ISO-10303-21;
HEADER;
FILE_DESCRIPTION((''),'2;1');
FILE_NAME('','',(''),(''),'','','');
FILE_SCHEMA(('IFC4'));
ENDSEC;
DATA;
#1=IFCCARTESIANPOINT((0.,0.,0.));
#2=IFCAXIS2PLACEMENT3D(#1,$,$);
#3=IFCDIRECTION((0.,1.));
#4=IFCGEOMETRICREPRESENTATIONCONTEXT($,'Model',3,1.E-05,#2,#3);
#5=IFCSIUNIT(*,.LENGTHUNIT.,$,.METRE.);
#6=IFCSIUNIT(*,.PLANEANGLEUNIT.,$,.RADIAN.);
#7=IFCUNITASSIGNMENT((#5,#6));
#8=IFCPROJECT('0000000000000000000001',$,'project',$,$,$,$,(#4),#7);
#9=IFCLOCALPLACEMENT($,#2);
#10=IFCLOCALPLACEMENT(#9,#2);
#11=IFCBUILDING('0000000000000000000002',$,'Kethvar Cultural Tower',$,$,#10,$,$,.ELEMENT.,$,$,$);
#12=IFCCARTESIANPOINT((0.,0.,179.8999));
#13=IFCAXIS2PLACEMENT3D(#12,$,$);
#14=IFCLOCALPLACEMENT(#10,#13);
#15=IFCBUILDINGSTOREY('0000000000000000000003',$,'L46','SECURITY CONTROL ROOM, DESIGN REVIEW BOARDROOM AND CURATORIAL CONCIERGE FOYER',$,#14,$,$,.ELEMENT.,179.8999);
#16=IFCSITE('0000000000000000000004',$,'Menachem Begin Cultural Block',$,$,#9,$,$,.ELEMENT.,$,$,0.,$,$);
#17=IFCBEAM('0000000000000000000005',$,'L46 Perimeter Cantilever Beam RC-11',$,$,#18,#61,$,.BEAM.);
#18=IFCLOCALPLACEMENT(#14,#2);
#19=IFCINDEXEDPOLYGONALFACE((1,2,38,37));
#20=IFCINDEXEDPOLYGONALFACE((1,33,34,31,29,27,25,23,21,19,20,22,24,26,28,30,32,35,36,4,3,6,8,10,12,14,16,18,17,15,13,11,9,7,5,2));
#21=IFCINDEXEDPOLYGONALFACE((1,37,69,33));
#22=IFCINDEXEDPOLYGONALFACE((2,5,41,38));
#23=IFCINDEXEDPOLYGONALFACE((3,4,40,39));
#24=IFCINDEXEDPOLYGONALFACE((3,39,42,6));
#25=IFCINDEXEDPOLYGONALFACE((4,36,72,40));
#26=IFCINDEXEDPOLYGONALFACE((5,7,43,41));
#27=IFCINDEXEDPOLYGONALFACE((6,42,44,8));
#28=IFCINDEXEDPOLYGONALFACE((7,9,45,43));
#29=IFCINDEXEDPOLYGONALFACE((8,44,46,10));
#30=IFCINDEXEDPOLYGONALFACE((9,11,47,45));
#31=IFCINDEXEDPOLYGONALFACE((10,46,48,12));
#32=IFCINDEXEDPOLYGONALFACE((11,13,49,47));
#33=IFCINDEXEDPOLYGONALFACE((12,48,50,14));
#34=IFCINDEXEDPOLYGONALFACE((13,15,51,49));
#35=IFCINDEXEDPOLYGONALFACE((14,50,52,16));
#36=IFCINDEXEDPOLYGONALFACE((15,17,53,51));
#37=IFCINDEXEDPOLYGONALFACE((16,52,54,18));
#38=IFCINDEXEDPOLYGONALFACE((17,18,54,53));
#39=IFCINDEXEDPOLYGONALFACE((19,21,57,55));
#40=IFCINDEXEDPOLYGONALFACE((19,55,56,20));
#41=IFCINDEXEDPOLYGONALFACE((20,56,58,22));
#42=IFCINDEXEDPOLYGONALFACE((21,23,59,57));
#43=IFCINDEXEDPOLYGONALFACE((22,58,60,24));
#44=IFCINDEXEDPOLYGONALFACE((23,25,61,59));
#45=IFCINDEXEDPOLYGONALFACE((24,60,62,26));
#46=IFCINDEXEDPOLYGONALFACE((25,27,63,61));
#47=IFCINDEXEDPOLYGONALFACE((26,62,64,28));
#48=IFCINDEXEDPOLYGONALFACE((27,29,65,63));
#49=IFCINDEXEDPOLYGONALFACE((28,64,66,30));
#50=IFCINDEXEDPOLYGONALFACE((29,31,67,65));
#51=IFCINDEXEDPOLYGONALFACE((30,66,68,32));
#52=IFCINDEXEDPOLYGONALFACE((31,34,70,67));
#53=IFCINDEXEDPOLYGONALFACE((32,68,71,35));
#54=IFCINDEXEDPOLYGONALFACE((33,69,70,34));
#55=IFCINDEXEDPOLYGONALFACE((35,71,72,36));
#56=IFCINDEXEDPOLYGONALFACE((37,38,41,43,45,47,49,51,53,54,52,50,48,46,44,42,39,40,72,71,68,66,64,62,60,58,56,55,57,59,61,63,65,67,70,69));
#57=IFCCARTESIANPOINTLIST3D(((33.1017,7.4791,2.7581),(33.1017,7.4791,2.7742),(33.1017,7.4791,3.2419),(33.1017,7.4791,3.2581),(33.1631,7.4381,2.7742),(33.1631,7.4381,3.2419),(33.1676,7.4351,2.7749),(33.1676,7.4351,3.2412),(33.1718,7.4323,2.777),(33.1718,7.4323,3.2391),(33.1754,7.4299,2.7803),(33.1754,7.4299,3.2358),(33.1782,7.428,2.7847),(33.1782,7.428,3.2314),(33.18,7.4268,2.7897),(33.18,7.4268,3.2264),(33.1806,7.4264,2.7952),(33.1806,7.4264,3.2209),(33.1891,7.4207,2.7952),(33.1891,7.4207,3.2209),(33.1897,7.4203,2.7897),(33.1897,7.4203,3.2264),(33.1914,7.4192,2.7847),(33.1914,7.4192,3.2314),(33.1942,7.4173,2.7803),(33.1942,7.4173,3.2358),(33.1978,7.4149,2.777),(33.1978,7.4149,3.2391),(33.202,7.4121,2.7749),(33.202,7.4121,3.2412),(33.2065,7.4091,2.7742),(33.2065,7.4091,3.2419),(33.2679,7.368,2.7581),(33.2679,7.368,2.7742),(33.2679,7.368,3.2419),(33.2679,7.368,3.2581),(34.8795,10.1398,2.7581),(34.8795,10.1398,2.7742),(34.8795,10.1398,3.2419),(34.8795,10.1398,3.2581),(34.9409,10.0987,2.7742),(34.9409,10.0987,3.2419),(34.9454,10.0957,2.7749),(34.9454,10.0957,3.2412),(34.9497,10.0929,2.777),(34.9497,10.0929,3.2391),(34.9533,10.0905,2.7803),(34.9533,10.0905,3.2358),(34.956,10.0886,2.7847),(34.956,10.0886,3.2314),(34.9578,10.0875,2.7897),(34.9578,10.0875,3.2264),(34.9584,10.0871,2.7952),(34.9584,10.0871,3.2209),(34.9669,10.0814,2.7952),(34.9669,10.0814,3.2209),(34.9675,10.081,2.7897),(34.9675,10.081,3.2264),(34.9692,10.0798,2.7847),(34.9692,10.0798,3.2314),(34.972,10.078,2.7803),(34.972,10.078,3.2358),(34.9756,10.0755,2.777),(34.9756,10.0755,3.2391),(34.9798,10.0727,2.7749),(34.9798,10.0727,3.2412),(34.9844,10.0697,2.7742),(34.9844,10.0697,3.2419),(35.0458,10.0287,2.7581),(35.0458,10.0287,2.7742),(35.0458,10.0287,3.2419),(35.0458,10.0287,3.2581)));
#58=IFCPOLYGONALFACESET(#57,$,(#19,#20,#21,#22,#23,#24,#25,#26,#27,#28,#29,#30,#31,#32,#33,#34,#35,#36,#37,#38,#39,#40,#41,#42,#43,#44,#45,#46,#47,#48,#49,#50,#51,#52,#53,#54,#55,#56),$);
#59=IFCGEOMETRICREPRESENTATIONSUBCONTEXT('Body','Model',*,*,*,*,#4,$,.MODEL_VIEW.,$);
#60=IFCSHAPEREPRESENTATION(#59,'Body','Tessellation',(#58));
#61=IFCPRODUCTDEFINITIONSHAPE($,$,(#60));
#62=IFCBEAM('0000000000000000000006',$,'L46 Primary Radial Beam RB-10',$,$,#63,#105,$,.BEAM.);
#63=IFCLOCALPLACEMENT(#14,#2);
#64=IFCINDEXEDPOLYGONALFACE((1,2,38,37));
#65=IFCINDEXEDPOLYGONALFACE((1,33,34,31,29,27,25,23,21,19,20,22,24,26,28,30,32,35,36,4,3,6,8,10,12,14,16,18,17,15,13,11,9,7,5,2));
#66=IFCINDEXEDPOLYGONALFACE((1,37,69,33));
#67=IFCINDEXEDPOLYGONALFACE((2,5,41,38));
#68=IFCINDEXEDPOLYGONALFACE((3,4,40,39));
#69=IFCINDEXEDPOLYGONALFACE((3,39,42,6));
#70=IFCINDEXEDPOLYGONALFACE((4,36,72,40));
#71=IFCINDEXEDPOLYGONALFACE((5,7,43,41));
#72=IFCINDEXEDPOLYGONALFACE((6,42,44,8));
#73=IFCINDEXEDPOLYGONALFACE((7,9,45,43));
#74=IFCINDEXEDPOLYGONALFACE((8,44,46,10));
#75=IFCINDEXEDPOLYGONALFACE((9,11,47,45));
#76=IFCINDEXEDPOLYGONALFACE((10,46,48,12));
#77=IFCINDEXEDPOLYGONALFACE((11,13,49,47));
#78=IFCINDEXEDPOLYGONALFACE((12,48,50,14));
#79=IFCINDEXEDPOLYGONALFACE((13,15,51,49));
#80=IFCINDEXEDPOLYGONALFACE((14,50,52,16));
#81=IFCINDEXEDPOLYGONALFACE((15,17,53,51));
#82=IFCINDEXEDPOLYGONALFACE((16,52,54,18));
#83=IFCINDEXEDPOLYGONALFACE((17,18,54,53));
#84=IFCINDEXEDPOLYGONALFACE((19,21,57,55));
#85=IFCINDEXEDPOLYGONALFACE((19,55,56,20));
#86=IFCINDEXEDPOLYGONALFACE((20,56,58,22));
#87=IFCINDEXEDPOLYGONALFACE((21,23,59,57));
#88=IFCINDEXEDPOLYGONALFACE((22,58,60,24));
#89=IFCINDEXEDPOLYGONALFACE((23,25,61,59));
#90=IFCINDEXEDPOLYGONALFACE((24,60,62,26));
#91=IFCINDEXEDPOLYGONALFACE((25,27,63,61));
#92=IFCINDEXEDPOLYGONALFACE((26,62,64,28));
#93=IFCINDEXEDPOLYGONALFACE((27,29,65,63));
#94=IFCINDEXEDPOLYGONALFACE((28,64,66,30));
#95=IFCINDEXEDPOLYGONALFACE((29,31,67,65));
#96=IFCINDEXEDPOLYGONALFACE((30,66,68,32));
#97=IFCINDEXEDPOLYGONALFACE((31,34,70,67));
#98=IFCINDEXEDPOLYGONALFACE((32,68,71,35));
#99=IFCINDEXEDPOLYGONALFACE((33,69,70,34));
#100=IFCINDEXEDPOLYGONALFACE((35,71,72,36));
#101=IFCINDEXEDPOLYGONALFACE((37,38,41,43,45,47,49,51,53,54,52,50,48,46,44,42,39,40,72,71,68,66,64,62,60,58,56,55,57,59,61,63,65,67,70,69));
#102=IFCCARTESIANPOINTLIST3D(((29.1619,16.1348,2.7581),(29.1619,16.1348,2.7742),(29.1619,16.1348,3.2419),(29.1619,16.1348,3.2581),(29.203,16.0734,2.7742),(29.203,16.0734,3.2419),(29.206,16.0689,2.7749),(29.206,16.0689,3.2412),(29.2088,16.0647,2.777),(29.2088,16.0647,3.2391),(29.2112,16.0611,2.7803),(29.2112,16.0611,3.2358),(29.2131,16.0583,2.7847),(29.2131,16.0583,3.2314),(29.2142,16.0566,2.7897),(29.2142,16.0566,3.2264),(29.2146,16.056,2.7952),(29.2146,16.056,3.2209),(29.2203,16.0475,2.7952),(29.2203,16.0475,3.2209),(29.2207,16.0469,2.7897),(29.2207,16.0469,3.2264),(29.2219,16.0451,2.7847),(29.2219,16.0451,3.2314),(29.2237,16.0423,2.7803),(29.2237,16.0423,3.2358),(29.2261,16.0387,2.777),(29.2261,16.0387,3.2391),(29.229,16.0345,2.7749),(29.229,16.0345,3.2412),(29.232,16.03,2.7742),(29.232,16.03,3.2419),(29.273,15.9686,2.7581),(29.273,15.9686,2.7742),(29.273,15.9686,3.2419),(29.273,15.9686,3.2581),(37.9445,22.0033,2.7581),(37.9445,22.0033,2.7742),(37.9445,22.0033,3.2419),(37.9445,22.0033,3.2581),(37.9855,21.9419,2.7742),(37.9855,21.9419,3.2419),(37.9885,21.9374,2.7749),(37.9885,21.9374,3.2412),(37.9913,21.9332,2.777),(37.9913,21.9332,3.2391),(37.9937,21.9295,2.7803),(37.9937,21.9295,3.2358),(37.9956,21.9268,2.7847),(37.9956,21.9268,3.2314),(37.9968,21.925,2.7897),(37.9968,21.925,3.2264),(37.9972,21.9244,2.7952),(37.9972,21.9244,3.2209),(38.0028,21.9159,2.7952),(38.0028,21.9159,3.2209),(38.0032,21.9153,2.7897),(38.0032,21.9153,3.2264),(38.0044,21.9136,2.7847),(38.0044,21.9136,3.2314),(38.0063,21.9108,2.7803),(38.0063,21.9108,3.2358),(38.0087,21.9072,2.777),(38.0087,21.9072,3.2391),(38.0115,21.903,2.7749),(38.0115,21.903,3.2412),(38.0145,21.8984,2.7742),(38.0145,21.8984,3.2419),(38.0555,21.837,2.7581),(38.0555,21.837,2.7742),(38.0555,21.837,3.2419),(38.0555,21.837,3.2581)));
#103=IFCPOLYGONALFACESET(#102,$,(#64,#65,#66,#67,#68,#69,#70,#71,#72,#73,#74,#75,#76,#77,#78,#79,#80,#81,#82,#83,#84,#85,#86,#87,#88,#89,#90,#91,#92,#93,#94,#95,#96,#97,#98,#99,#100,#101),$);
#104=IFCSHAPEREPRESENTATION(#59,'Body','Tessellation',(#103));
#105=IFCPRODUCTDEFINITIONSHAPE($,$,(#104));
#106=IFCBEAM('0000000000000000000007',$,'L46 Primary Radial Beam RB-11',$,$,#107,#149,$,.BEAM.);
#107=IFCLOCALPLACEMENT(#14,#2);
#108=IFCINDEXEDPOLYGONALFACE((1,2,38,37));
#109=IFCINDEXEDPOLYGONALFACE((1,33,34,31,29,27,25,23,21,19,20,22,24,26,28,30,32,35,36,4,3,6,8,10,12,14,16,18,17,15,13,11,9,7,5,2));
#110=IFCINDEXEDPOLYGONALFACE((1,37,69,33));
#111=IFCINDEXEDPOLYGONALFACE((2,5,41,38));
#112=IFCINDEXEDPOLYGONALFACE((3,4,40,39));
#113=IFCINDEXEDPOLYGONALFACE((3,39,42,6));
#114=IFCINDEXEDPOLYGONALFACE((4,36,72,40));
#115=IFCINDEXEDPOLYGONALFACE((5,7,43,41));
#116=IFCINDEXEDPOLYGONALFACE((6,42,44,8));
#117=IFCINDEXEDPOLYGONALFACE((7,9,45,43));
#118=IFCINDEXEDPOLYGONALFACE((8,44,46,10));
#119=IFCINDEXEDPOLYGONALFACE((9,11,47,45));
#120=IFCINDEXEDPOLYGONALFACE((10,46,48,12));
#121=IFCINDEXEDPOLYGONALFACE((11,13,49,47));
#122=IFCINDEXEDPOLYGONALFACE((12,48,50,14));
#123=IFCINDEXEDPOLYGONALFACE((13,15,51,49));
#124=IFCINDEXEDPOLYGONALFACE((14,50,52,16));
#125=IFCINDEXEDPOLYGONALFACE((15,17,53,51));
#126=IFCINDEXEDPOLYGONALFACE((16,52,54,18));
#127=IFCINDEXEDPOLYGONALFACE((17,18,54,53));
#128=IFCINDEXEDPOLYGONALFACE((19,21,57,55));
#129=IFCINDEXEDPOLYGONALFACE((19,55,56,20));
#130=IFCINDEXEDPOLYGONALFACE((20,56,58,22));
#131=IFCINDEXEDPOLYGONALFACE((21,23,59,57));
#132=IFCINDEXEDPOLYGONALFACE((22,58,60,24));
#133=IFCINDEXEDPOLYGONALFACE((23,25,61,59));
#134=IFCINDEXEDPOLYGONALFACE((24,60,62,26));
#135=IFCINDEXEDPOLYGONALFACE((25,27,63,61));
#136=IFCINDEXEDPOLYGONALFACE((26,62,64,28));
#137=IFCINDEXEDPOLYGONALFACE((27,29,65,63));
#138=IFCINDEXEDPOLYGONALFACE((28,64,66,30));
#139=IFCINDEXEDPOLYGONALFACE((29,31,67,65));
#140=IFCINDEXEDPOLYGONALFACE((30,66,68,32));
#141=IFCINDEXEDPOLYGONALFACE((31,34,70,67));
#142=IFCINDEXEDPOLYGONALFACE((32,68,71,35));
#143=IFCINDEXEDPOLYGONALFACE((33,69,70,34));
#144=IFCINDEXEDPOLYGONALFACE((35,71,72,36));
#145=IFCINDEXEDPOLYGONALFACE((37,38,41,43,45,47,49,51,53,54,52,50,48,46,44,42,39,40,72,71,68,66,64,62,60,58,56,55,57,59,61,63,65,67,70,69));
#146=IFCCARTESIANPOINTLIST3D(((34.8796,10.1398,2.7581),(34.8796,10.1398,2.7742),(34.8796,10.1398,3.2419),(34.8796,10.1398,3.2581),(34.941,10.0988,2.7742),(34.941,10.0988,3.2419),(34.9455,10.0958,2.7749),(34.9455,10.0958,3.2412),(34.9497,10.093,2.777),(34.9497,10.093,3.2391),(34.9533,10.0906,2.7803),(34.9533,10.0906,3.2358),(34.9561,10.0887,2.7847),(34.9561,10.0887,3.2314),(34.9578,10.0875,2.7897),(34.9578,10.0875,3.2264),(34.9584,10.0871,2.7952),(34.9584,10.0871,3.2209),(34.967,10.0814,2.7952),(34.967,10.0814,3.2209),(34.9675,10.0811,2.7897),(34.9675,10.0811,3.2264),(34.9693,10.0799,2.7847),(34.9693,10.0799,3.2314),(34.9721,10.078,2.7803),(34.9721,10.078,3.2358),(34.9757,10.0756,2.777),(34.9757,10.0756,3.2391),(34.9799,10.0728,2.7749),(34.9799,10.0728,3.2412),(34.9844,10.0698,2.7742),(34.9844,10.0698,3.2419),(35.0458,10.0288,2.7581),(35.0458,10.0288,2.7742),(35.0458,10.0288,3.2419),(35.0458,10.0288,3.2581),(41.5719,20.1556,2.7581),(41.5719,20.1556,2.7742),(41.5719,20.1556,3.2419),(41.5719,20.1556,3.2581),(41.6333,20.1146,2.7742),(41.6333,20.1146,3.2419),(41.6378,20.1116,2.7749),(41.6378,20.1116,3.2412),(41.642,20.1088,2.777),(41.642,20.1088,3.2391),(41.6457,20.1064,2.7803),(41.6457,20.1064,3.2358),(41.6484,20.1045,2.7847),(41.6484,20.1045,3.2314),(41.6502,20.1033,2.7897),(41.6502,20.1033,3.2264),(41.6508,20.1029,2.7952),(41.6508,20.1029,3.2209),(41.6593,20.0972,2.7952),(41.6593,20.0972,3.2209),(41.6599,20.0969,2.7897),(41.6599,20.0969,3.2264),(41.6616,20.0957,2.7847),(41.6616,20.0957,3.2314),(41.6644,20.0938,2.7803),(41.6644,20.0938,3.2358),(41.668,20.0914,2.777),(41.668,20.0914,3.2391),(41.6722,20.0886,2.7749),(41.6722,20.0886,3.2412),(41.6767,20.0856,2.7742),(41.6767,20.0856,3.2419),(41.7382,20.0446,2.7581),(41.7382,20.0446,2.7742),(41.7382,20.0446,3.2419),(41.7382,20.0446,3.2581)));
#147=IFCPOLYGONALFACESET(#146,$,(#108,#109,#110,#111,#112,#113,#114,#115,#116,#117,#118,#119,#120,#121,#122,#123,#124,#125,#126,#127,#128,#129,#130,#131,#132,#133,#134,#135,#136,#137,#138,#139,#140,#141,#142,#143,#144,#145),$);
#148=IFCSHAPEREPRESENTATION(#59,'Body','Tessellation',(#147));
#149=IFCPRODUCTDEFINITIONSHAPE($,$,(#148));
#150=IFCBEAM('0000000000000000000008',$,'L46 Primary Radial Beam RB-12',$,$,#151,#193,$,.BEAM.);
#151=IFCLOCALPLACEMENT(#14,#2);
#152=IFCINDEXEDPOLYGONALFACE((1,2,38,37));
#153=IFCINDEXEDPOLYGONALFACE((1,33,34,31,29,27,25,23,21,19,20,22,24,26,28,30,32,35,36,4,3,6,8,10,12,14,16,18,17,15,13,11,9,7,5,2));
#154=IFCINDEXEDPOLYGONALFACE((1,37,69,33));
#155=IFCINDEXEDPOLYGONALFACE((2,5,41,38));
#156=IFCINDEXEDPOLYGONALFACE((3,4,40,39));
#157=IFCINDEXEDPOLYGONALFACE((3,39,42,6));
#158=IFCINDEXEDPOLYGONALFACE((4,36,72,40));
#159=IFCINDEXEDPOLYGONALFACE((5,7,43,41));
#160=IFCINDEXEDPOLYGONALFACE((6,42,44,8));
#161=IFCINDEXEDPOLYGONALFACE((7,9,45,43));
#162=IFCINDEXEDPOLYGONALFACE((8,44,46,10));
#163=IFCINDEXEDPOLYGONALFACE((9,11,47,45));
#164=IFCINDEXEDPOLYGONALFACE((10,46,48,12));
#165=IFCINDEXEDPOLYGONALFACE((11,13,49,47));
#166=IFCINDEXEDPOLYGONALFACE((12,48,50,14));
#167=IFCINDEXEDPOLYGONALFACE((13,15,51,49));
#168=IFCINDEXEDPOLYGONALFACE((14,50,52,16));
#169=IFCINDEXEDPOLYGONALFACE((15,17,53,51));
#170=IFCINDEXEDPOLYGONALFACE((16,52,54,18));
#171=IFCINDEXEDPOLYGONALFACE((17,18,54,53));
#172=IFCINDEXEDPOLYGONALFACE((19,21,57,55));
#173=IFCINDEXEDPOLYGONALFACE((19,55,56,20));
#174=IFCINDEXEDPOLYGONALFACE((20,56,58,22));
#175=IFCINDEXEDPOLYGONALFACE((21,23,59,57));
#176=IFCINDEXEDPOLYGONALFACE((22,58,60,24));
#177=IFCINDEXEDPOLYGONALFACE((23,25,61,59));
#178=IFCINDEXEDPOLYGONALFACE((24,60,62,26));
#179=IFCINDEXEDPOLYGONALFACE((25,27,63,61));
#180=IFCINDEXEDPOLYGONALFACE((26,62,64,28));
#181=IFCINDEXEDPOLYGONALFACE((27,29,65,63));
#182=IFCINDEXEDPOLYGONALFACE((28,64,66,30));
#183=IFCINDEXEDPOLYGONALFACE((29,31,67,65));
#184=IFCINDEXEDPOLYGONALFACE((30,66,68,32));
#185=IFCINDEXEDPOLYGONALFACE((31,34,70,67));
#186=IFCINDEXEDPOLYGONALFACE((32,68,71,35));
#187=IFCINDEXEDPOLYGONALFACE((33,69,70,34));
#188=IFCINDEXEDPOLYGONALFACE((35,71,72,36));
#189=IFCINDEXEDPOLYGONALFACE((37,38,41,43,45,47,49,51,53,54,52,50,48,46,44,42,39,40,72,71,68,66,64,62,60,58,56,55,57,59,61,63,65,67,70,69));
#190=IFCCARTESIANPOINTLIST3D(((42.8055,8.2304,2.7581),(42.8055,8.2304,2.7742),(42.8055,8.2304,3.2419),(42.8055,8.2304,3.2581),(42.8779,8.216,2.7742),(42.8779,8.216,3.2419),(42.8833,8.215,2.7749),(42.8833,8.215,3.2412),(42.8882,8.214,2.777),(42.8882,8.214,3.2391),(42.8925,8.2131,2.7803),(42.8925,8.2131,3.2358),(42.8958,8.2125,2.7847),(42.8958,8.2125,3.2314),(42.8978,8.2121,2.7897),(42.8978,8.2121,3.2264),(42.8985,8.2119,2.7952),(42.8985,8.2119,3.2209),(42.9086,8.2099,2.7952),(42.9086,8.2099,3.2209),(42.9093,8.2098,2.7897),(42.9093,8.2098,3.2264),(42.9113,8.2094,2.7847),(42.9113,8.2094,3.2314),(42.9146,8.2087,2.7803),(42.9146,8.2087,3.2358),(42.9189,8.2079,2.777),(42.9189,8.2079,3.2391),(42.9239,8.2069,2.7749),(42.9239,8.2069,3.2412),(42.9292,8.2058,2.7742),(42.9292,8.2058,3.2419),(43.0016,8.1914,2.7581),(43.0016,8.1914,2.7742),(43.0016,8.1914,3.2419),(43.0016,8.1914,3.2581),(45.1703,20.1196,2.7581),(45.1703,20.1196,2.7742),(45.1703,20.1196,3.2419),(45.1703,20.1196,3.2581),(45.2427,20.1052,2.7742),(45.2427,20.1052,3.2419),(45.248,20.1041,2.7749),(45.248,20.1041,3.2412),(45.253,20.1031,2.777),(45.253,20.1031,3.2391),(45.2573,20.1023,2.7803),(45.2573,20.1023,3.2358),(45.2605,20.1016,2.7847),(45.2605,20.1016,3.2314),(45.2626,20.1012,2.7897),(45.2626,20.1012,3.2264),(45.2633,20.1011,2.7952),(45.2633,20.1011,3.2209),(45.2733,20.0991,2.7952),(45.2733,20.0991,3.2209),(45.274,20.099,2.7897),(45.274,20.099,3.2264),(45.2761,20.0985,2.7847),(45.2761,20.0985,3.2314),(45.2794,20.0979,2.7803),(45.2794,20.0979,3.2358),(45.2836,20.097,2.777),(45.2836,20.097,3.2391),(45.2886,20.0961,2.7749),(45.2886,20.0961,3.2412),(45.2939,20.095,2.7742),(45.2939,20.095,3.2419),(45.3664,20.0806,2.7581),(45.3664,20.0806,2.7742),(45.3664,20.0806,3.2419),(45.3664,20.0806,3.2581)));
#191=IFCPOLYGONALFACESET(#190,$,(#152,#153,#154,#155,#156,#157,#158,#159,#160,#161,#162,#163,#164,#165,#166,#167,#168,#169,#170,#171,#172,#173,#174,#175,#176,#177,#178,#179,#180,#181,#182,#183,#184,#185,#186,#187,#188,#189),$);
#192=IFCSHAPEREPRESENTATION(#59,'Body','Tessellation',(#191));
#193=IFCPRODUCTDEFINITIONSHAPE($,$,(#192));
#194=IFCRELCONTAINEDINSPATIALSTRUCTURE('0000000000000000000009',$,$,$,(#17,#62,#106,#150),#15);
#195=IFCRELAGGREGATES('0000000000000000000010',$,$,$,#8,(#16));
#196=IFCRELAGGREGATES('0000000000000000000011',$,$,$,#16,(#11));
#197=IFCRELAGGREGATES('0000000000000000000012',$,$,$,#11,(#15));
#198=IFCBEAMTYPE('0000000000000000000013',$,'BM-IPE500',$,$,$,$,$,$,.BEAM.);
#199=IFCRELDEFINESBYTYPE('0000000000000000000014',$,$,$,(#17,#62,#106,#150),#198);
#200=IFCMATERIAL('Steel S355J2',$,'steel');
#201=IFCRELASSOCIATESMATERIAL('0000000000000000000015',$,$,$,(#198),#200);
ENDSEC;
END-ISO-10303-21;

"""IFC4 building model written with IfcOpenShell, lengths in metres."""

from ifc_helpers import new_model, si_unit, direction, frame, origin, origin_2d, place, context, subcontext, project, spatial, i_section, extrude, source, transform, mapped, material, material_profile, profile_set, type_object, element, save


model = new_model("IFC4")

# Units and contexts
model_context = context("Model", 3, precision=1e-05, world=origin(), true_north=direction((0.0, 1.0)))
body_context = subcontext(model_context, "Body", "Model", "MODEL_VIEW")
ifc_project = project(units=[si_unit("LENGTHUNIT", "METRE"), si_unit("PLANEANGLEUNIT", "RADIAN")], contexts=[model_context])

# Site, building, storey
site_placement = place(None, origin())
site = spatial("IfcSite", under=ifc_project, at=site_placement, Name="Menachem Begin Cultural Block", CompositionType="ELEMENT", RefElevation=0.0)
building_placement = place(site_placement, origin())
building = spatial("IfcBuilding", under=site, at=building_placement, Name="Kethvar Cultural Tower", CompositionType="ELEMENT")
storey_placement = place(building_placement, frame((0.0, 0.0, 179.8999)))
storey = spatial("IfcBuildingStorey", under=building, at=storey_placement, Name="L46", Description="SECURITY CONTROL ROOM, DESIGN REVIEW BOARDROOM AND CURATORIAL CONCIERGE FOYER", CompositionType="ELEMENT", Elevation=179.8999)

# Beams
ifc_material_1 = material(Name="Steel S355J2", Category="steel")
ifc_material_profile_1 = material_profile(ifc_material_1, i_section(OverallWidth=0.2, OverallDepth=0.5, WebThickness=0.0103, FlangeThickness=0.0161, FilletRadius=0.021, at=origin_2d()), Name="Steel S355J2 — IPE500")
ifc_profile_set_1 = profile_set([ifc_material_profile_1], Name="Steel S355J2 — IPE500")
beam_type_1 = type_object("IfcBeamType", Name="BM-IPE500", PredefinedType="BEAM", material=ifc_profile_set_1)
shared_shape_1 = source(origin(), body_context, "Body", "SweptSolid", [
    extrude(i_section(OverallWidth=0.2, OverallDepth=0.5, WebThickness=0.0103, FlangeThickness=0.0161, FilletRadius=0.021, at=origin_2d()), origin(), (0.0, 0.0, 1.0), 3.2),
])
beam_1_placement = place(storey_placement, frame((34.9626, 10.0842, 3.0081), z_axis=(-0.55558, -0.831463, 0.0), x_axis=(0.831463, -0.55558, 0.0)))
element("IfcBeam", 1, at=beam_1_placement, inside=storey, type_object=beam_type_1, Name="L46 Perimeter Cantilever Beam RC-11", PredefinedType="BEAM", context=body_context, shape_type="MappedRepresentation", body=[
    mapped(shared_shape_1, transform((0.0, 0.0, 0.0), scale=1.0)),
])
shared_shape_2 = source(origin(), body_context, "Body", "SweptSolid", [
    extrude(i_section(OverallWidth=0.2, OverallDepth=0.5, WebThickness=0.0103, FlangeThickness=0.0161, FilletRadius=0.021, at=origin_2d()), origin(), (0.0, 0.0, 1.0), 10.5627),
])
beam_2_placement = place(storey_placement, frame((38.0, 21.9202, 3.0081), z_axis=(-0.831463, -0.55558, 0.0), x_axis=(0.55558, -0.831463, 0.0)))
element("IfcBeam", 2, at=beam_2_placement, inside=storey, type_object=beam_type_1, Name="L46 Primary Radial Beam RB-10", PredefinedType="BEAM", context=body_context, shape_type="MappedRepresentation", body=[
    mapped(shared_shape_2, transform((0.0, 0.0, 0.0), scale=1.0)),
])
shared_shape_3 = source(origin(), body_context, "Body", "SweptSolid", [
    extrude(i_section(OverallWidth=0.2, OverallDepth=0.5, WebThickness=0.0103, FlangeThickness=0.0161, FilletRadius=0.021, at=origin_2d()), origin(), (0.0, 0.0, 1.0), 12.0459),
])
beam_3_placement = place(storey_placement, frame((41.655, 20.1001, 3.0081), z_axis=(-0.55557, -0.83147, 0.0), x_axis=(0.83147, -0.55557, 0.0)))
element("IfcBeam", 3, at=beam_3_placement, inside=storey, type_object=beam_type_1, Name="L46 Primary Radial Beam RB-11", PredefinedType="BEAM", context=body_context, shape_type="MappedRepresentation", body=[
    mapped(shared_shape_3, transform((0.0, 0.0, 0.0), scale=1.0)),
])
shared_shape_4 = source(origin(), body_context, "Body", "SweptSolid", [
    extrude(i_section(OverallWidth=0.2, OverallDepth=0.5, WebThickness=0.0103, FlangeThickness=0.0161, FilletRadius=0.021, at=origin_2d()), origin(), (0.0, 0.0, 1.0), 12.1221),
])
beam_4_placement = place(storey_placement, frame((45.2683, 20.1001, 3.0081), z_axis=(-0.195078, -0.980788, 0.0), x_axis=(0.980788, -0.195078, 0.0)))
element("IfcBeam", 4, at=beam_4_placement, inside=storey, type_object=beam_type_1, Name="L46 Primary Radial Beam RB-12", PredefinedType="BEAM", context=body_context, shape_type="MappedRepresentation", body=[
    mapped(shared_shape_4, transform((0.0, 0.0, 0.0), scale=1.0)),
])

save(model, "model.ifc")
